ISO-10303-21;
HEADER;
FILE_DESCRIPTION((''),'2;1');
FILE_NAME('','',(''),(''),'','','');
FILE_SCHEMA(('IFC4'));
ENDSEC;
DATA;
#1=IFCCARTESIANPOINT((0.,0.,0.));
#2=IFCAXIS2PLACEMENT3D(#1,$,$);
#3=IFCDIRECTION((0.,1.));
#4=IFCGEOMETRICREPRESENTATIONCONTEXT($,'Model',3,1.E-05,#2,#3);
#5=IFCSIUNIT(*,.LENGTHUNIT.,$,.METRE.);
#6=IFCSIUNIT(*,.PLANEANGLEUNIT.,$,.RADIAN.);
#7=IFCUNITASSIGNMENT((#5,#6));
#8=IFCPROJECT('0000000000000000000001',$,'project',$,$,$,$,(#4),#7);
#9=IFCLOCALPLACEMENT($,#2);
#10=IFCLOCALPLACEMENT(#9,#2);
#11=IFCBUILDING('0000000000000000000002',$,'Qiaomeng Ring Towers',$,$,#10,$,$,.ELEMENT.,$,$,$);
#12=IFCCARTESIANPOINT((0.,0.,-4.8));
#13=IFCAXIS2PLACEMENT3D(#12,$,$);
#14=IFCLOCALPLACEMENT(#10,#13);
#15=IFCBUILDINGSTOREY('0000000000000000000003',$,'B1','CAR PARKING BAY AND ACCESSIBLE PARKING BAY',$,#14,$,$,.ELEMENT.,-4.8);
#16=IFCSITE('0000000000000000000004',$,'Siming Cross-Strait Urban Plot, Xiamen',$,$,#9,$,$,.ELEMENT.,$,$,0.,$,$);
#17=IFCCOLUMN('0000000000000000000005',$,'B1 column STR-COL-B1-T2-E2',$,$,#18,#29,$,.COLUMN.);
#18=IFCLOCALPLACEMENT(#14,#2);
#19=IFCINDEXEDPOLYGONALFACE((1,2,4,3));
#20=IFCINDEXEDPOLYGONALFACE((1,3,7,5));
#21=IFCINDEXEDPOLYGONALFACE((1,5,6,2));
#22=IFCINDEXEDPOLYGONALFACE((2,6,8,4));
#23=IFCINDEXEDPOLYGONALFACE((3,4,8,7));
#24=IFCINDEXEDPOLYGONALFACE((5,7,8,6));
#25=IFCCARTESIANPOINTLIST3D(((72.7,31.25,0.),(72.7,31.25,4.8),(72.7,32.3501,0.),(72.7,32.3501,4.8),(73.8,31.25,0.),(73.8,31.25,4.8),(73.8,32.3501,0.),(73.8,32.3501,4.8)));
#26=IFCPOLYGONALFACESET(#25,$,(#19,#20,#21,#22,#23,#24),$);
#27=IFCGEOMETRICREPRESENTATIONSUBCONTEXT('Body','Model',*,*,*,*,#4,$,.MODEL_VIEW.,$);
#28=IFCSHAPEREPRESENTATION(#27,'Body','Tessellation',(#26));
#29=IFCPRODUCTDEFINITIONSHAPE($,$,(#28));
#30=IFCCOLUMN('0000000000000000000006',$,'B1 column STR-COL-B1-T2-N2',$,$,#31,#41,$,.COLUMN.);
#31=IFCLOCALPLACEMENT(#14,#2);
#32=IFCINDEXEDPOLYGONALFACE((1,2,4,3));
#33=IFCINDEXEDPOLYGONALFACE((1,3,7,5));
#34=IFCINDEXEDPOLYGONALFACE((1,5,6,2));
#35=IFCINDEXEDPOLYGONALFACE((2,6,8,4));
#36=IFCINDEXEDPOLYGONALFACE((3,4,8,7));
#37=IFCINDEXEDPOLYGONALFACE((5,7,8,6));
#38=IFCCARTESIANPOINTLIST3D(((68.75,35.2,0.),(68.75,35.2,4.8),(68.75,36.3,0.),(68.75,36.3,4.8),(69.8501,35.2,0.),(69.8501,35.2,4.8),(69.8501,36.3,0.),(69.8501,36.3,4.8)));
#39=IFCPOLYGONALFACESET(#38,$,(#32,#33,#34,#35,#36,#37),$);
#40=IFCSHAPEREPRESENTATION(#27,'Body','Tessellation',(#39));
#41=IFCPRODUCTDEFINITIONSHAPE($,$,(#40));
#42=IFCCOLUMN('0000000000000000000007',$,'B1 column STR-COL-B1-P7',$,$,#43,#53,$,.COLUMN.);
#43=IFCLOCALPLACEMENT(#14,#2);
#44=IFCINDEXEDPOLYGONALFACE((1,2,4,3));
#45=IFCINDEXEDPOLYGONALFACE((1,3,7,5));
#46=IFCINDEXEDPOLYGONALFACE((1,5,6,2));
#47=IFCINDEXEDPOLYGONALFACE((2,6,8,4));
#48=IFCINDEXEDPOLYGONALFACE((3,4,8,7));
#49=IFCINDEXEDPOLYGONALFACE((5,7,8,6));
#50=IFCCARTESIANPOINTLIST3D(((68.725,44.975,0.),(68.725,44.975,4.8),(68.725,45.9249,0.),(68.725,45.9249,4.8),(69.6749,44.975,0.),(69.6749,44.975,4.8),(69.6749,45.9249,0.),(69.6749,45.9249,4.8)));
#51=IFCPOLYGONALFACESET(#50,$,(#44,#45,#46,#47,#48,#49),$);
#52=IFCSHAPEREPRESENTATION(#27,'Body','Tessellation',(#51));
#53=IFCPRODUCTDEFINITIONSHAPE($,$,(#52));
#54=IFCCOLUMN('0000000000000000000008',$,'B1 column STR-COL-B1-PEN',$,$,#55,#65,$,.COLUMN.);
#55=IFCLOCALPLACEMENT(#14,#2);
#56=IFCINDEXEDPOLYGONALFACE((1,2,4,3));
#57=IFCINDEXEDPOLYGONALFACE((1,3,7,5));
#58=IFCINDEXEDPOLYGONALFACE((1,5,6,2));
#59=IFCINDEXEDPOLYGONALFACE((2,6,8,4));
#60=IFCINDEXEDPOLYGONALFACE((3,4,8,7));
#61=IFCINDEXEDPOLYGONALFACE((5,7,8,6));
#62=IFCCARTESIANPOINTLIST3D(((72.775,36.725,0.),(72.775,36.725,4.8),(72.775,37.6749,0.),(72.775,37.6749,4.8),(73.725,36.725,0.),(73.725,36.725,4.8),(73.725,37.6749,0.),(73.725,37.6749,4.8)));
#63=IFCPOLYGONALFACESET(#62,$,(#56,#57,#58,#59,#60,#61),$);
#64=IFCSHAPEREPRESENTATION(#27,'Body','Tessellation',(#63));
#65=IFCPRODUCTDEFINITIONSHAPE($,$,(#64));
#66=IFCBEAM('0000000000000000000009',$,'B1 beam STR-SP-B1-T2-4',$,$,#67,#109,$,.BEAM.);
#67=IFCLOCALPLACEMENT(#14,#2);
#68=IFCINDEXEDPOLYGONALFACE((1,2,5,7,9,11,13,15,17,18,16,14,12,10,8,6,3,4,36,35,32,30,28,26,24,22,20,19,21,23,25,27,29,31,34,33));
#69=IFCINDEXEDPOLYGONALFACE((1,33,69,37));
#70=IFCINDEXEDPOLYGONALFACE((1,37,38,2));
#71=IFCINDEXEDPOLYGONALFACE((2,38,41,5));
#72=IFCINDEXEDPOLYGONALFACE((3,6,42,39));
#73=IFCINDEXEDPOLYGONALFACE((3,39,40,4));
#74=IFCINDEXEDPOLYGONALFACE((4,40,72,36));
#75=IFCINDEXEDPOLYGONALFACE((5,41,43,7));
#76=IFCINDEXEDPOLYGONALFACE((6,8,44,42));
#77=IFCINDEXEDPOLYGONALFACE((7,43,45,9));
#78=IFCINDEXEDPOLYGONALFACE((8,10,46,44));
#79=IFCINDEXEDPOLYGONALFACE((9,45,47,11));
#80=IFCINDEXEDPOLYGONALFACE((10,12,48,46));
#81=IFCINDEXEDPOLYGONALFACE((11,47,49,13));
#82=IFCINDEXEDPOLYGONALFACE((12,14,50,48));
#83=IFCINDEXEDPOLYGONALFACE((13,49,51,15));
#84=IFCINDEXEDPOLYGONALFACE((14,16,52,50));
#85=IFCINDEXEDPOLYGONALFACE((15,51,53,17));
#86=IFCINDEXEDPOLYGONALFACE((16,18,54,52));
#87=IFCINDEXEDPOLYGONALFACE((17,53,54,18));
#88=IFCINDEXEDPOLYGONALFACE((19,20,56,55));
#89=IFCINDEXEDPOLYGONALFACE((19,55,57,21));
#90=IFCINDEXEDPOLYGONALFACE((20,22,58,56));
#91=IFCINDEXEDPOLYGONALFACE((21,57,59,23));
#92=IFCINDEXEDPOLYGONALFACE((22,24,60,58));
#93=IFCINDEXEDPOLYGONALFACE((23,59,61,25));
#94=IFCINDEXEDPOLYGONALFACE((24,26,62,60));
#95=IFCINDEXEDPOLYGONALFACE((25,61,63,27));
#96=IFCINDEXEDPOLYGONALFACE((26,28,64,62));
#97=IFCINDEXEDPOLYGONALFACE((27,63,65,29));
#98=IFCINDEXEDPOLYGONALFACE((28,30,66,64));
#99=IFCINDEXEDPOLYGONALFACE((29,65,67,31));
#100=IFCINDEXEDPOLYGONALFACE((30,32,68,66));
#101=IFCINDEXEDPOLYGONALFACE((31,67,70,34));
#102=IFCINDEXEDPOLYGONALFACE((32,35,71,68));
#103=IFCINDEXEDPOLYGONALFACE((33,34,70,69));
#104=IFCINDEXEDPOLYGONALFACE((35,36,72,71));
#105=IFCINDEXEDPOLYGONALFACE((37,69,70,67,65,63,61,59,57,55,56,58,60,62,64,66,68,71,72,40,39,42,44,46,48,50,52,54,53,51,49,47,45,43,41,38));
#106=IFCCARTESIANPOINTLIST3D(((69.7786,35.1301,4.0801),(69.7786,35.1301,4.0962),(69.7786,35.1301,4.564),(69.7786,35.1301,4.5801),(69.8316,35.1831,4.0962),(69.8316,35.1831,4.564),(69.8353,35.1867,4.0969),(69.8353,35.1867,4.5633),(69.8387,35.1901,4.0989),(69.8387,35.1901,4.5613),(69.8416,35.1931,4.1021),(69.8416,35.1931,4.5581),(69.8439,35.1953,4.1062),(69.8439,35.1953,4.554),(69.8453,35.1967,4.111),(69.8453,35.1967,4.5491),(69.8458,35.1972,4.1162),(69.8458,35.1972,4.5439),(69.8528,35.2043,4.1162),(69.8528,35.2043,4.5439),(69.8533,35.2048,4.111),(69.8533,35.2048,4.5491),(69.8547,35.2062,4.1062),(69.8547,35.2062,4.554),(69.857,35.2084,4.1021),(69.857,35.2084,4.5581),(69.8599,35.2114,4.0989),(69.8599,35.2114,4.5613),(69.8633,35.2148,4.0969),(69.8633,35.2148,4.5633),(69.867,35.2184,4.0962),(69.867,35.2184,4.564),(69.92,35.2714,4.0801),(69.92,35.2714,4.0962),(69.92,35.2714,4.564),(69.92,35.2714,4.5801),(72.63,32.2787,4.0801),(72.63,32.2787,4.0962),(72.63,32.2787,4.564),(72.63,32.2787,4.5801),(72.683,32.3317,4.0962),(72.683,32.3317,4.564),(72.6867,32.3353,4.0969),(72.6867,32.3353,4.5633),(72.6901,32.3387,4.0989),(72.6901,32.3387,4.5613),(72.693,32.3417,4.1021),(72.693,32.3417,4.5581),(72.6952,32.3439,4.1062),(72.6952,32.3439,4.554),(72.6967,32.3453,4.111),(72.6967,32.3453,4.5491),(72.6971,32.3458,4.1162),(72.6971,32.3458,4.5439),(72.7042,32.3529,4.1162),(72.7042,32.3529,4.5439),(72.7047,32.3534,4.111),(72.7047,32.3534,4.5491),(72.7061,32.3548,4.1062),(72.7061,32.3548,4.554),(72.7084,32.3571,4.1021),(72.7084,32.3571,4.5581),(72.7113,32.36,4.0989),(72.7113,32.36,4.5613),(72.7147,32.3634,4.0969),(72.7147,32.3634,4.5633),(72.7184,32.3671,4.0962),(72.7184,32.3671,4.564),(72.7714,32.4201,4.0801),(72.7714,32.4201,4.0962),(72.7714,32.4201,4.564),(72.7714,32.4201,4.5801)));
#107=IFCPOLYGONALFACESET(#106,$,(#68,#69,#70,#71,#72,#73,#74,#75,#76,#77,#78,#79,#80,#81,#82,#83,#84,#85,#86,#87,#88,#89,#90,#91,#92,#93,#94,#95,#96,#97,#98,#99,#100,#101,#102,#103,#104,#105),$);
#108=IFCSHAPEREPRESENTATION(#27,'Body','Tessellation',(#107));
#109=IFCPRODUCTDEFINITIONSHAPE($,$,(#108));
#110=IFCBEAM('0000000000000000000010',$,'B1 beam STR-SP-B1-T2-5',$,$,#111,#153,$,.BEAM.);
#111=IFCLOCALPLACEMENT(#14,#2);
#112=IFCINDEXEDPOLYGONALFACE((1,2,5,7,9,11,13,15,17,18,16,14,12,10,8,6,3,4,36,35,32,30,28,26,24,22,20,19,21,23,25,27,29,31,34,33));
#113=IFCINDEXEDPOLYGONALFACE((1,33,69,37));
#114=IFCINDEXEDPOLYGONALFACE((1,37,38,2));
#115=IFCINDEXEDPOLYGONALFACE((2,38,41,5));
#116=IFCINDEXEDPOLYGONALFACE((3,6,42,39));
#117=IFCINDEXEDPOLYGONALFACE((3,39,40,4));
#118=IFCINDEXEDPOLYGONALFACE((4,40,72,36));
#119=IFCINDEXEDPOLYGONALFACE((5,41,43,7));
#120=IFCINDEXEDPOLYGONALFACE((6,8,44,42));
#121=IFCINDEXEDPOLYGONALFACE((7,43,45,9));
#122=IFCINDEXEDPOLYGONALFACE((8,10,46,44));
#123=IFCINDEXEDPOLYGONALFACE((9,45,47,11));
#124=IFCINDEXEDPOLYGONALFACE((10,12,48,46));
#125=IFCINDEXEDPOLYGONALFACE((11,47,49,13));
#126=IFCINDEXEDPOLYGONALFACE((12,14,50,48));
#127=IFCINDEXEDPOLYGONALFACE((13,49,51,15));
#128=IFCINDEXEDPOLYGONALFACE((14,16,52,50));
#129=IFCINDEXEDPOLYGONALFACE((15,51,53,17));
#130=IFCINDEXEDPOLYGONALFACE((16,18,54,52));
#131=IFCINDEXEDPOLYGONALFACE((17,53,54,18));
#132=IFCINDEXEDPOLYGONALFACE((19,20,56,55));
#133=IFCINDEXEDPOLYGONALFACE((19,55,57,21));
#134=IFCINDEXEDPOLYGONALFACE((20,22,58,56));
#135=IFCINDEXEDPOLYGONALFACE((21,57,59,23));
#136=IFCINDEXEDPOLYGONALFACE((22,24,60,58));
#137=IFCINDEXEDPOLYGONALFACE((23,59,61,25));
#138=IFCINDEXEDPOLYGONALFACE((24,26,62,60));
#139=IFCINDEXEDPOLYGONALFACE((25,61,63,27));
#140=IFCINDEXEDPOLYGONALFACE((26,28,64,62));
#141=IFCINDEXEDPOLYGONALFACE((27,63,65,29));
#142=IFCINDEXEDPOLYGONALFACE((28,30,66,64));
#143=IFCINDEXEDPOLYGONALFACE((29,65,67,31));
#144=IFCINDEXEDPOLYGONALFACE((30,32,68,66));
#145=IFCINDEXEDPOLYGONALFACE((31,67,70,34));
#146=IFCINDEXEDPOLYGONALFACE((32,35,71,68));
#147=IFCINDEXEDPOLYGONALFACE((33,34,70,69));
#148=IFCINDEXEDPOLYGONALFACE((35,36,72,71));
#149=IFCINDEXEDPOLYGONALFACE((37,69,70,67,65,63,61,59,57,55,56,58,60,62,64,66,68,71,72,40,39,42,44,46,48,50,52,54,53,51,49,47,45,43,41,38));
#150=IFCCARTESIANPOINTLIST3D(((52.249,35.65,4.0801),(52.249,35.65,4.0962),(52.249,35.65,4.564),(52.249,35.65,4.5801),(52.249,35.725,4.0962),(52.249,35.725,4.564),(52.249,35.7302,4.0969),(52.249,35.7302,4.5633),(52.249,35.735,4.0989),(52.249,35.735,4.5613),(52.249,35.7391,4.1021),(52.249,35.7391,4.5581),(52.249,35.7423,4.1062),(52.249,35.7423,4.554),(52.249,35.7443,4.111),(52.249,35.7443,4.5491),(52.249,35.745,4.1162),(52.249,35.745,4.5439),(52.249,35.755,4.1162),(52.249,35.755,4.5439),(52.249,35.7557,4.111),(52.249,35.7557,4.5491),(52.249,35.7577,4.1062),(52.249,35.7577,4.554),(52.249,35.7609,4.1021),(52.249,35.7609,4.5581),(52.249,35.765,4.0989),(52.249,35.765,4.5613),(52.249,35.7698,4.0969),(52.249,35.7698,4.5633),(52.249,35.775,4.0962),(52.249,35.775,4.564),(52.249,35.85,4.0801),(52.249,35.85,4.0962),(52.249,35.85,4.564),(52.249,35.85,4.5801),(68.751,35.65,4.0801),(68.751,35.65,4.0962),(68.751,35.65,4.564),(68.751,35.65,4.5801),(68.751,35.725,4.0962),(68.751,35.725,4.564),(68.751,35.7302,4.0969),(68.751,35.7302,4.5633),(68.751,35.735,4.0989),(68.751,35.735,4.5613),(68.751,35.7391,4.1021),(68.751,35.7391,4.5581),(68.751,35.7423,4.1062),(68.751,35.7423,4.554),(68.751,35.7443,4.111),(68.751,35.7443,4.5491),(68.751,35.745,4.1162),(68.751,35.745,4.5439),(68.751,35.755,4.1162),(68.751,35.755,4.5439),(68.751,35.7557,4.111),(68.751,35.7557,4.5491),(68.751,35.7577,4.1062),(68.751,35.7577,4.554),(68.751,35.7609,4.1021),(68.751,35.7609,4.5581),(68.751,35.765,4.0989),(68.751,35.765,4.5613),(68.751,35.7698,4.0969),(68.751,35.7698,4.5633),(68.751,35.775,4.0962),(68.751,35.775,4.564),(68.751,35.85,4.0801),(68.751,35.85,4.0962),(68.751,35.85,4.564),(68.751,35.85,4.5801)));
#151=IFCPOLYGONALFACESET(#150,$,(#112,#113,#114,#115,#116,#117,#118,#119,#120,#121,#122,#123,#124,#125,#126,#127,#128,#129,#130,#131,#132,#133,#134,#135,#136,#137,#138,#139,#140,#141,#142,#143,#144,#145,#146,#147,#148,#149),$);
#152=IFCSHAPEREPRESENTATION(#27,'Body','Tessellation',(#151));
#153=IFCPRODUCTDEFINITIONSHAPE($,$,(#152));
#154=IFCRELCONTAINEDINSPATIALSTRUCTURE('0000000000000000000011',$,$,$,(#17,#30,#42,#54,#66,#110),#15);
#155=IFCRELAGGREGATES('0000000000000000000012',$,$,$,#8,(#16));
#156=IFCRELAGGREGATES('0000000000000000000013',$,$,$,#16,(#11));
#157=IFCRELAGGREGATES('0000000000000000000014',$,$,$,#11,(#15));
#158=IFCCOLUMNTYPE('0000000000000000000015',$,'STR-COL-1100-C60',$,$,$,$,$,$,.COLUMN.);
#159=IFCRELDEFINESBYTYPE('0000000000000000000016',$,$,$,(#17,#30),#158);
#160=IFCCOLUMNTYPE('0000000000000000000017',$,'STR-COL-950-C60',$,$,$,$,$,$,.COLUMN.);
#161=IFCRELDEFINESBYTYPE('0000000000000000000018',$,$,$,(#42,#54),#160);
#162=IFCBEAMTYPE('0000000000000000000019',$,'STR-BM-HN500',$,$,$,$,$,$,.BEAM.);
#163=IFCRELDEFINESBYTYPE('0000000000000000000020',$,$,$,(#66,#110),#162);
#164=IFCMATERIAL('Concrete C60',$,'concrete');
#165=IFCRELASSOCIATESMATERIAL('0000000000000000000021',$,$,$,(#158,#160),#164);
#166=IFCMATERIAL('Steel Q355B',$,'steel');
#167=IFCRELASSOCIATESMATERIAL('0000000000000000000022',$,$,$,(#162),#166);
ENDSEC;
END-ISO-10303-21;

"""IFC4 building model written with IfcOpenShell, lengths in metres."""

from ifc_helpers import new_model, si_unit, direction, frame, origin, origin_2d, place, context, subcontext, project, spatial, rectangle, i_section, extrude, source, transform, mapped, material, material_profile, profile_set, type_object, element, save


model = new_model("IFC4")

# Units and contexts
model_context = context("Model", 3, precision=1e-05, world=origin(), true_north=direction((0.0, 1.0)))
body_context = subcontext(model_context, "Body", "Model", "MODEL_VIEW")
ifc_project = project(units=[si_unit("LENGTHUNIT", "METRE"), si_unit("PLANEANGLEUNIT", "RADIAN")], contexts=[model_context])

# Site, building, storey
site_placement = place(None, origin())
site = spatial("IfcSite", under=ifc_project, at=site_placement, Name="Siming Cross-Strait Urban Plot, Xiamen", CompositionType="ELEMENT", RefElevation=0.0)
building_placement = place(site_placement, origin())
building = spatial("IfcBuilding", under=site, at=building_placement, Name="Qiaomeng Ring Towers", CompositionType="ELEMENT")
storey_placement = place(building_placement, frame((0.0, 0.0, -4.8)))
storey = spatial("IfcBuildingStorey", under=building, at=storey_placement, Name="B1", Description="CAR PARKING BAY AND ACCESSIBLE PARKING BAY", CompositionType="ELEMENT", Elevation=-4.8)

# Columns
ifc_material_1 = material(Name="Concrete C60", Category="concrete")
ifc_material_profile_1 = material_profile(ifc_material_1, rectangle(XDim=1.1001, YDim=1.1001, at=origin_2d()), Name="RC COL 1100x1100")
ifc_profile_set_1 = profile_set([ifc_material_profile_1], Name="Concrete C60")
column_type_1 = type_object("IfcColumnType", Name="STR-COL-1100-C60", PredefinedType="COLUMN", material=ifc_profile_set_1)
shared_shape_1 = source(origin(), body_context, "Body", "SweptSolid", [
    extrude(rectangle(XDim=1.1001, YDim=1.1001, at=origin_2d()), origin(), (0.0, 0.0, 1.0), 4.8),
])
for number, where, z_axis, x_axis, name in (
    (1, (73.25, 31.8, 0.0), (0.0, 0.0, 1.0), (1.0, 0.0, 0.0), "B1 column STR-COL-B1-T2-E2"),
    (2, (69.3, 35.75, 0.0), (0.0, 0.0, 1.0), (1.0, 0.0, 0.0), "B1 column STR-COL-B1-T2-N2"),
):
    element("IfcColumn", number, at=place(storey_placement, frame(where, z_axis=z_axis, x_axis=x_axis)), inside=storey, type_object=column_type_1, Name=name, PredefinedType="COLUMN", context=body_context, shape_type="MappedRepresentation", body=[
        mapped(shared_shape_1, transform((0.0, 0.0, 0.0), x_axis=(1.0, 0.0, 0.0), y_axis=(0.0, 1.0, 0.0), z_axis=(0.0, 0.0, 1.0), scale=1.0)),
    ])
ifc_material_profile_2 = material_profile(ifc_material_1, rectangle(XDim=0.95, YDim=0.95, at=origin_2d()), Name="RC COL 950x950")
ifc_profile_set_2 = profile_set([ifc_material_profile_2], Name="Concrete C60")
column_type_2 = type_object("IfcColumnType", Name="STR-COL-950-C60", PredefinedType="COLUMN", material=ifc_profile_set_2)
shared_shape_2 = source(origin(), body_context, "Body", "SweptSolid", [
    extrude(rectangle(XDim=0.95, YDim=0.95, at=origin_2d()), origin(), (0.0, 0.0, 1.0), 4.8),
])
for number, where, z_axis, x_axis, name in (
    (3, (69.2, 45.45, 0.0), (0.0, 0.0, 1.0), (1.0, 0.0, 0.0), "B1 column STR-COL-B1-P7"),
    (4, (73.25, 37.2, 0.0), (0.0, 0.0, 1.0), (1.0, 0.0, 0.0), "B1 column STR-COL-B1-PEN"),
):
    element("IfcColumn", number, at=place(storey_placement, frame(where, z_axis=z_axis, x_axis=x_axis)), inside=storey, type_object=column_type_2, Name=name, PredefinedType="COLUMN", context=body_context, shape_type="MappedRepresentation", body=[
        mapped(shared_shape_2, transform((0.0, 0.0, 0.0), x_axis=(1.0, 0.0, 0.0), y_axis=(0.0, 1.0, 0.0), z_axis=(0.0, 0.0, 1.0), scale=1.0)),
    ])

# Beams
ifc_material_2 = material(Name="Steel Q355B", Category="steel")
ifc_material_profile_3 = material_profile(ifc_material_2, i_section(OverallWidth=0.2, OverallDepth=0.5, WebThickness=0.01, FlangeThickness=0.0161, FilletRadius=0.02, at=origin_2d()), Name="HN 500x200x10x16")
ifc_profile_set_3 = profile_set([ifc_material_profile_3], Name="Steel Q355B")
beam_type = type_object("IfcBeamType", Name="STR-BM-HN500", PredefinedType="BEAM", material=ifc_profile_set_3)
shared_shape_3 = source(origin(), body_context, "Body", "SweptSolid", [
    extrude(i_section(OverallWidth=0.2, OverallDepth=0.5, WebThickness=0.01, FlangeThickness=0.0161, FilletRadius=0.02, at=origin_2d()), origin(), (0.0, 0.0, 1.0), 4.0325),
])
beam_1_placement = place(storey_placement, frame((72.7007, 32.3494, 4.3301), z_axis=(-0.707107, 0.707107, 0.0), x_axis=(-0.707107, -0.707107, 0.0)))
element("IfcBeam", 5, at=beam_1_placement, inside=storey, type_object=beam_type, Name="B1 beam STR-SP-B1-T2-4", PredefinedType="BEAM", context=body_context, shape_type="MappedRepresentation", body=[
    mapped(shared_shape_3, transform((0.0, 0.0, 0.0), x_axis=(1.0, 0.0, 0.0), y_axis=(0.0, 1.0, 0.0), z_axis=(0.0, 0.0, 1.0), scale=1.0)),
])
shared_shape_4 = source(origin(), body_context, "Body", "SweptSolid", [
    extrude(i_section(OverallWidth=0.2, OverallDepth=0.5, WebThickness=0.01, FlangeThickness=0.0161, FilletRadius=0.02, at=origin_2d()), origin(), (0.0, 0.0, 1.0), 16.502),
])
beam_2_placement = place(storey_placement, frame((68.751, 35.75, 4.3301), z_axis=(-1.0, 0.0, 0.0), x_axis=(0.0, -1.0, 0.0)))
element("IfcBeam", 6, at=beam_2_placement, inside=storey, type_object=beam_type, Name="B1 beam STR-SP-B1-T2-5", PredefinedType="BEAM", context=body_context, shape_type="MappedRepresentation", body=[
    mapped(shared_shape_4, transform((0.0, 0.0, 0.0), x_axis=(1.0, 0.0, 0.0), y_axis=(0.0, 1.0, 0.0), z_axis=(0.0, 0.0, 1.0), scale=1.0)),
])

save(model, "model.ifc")
